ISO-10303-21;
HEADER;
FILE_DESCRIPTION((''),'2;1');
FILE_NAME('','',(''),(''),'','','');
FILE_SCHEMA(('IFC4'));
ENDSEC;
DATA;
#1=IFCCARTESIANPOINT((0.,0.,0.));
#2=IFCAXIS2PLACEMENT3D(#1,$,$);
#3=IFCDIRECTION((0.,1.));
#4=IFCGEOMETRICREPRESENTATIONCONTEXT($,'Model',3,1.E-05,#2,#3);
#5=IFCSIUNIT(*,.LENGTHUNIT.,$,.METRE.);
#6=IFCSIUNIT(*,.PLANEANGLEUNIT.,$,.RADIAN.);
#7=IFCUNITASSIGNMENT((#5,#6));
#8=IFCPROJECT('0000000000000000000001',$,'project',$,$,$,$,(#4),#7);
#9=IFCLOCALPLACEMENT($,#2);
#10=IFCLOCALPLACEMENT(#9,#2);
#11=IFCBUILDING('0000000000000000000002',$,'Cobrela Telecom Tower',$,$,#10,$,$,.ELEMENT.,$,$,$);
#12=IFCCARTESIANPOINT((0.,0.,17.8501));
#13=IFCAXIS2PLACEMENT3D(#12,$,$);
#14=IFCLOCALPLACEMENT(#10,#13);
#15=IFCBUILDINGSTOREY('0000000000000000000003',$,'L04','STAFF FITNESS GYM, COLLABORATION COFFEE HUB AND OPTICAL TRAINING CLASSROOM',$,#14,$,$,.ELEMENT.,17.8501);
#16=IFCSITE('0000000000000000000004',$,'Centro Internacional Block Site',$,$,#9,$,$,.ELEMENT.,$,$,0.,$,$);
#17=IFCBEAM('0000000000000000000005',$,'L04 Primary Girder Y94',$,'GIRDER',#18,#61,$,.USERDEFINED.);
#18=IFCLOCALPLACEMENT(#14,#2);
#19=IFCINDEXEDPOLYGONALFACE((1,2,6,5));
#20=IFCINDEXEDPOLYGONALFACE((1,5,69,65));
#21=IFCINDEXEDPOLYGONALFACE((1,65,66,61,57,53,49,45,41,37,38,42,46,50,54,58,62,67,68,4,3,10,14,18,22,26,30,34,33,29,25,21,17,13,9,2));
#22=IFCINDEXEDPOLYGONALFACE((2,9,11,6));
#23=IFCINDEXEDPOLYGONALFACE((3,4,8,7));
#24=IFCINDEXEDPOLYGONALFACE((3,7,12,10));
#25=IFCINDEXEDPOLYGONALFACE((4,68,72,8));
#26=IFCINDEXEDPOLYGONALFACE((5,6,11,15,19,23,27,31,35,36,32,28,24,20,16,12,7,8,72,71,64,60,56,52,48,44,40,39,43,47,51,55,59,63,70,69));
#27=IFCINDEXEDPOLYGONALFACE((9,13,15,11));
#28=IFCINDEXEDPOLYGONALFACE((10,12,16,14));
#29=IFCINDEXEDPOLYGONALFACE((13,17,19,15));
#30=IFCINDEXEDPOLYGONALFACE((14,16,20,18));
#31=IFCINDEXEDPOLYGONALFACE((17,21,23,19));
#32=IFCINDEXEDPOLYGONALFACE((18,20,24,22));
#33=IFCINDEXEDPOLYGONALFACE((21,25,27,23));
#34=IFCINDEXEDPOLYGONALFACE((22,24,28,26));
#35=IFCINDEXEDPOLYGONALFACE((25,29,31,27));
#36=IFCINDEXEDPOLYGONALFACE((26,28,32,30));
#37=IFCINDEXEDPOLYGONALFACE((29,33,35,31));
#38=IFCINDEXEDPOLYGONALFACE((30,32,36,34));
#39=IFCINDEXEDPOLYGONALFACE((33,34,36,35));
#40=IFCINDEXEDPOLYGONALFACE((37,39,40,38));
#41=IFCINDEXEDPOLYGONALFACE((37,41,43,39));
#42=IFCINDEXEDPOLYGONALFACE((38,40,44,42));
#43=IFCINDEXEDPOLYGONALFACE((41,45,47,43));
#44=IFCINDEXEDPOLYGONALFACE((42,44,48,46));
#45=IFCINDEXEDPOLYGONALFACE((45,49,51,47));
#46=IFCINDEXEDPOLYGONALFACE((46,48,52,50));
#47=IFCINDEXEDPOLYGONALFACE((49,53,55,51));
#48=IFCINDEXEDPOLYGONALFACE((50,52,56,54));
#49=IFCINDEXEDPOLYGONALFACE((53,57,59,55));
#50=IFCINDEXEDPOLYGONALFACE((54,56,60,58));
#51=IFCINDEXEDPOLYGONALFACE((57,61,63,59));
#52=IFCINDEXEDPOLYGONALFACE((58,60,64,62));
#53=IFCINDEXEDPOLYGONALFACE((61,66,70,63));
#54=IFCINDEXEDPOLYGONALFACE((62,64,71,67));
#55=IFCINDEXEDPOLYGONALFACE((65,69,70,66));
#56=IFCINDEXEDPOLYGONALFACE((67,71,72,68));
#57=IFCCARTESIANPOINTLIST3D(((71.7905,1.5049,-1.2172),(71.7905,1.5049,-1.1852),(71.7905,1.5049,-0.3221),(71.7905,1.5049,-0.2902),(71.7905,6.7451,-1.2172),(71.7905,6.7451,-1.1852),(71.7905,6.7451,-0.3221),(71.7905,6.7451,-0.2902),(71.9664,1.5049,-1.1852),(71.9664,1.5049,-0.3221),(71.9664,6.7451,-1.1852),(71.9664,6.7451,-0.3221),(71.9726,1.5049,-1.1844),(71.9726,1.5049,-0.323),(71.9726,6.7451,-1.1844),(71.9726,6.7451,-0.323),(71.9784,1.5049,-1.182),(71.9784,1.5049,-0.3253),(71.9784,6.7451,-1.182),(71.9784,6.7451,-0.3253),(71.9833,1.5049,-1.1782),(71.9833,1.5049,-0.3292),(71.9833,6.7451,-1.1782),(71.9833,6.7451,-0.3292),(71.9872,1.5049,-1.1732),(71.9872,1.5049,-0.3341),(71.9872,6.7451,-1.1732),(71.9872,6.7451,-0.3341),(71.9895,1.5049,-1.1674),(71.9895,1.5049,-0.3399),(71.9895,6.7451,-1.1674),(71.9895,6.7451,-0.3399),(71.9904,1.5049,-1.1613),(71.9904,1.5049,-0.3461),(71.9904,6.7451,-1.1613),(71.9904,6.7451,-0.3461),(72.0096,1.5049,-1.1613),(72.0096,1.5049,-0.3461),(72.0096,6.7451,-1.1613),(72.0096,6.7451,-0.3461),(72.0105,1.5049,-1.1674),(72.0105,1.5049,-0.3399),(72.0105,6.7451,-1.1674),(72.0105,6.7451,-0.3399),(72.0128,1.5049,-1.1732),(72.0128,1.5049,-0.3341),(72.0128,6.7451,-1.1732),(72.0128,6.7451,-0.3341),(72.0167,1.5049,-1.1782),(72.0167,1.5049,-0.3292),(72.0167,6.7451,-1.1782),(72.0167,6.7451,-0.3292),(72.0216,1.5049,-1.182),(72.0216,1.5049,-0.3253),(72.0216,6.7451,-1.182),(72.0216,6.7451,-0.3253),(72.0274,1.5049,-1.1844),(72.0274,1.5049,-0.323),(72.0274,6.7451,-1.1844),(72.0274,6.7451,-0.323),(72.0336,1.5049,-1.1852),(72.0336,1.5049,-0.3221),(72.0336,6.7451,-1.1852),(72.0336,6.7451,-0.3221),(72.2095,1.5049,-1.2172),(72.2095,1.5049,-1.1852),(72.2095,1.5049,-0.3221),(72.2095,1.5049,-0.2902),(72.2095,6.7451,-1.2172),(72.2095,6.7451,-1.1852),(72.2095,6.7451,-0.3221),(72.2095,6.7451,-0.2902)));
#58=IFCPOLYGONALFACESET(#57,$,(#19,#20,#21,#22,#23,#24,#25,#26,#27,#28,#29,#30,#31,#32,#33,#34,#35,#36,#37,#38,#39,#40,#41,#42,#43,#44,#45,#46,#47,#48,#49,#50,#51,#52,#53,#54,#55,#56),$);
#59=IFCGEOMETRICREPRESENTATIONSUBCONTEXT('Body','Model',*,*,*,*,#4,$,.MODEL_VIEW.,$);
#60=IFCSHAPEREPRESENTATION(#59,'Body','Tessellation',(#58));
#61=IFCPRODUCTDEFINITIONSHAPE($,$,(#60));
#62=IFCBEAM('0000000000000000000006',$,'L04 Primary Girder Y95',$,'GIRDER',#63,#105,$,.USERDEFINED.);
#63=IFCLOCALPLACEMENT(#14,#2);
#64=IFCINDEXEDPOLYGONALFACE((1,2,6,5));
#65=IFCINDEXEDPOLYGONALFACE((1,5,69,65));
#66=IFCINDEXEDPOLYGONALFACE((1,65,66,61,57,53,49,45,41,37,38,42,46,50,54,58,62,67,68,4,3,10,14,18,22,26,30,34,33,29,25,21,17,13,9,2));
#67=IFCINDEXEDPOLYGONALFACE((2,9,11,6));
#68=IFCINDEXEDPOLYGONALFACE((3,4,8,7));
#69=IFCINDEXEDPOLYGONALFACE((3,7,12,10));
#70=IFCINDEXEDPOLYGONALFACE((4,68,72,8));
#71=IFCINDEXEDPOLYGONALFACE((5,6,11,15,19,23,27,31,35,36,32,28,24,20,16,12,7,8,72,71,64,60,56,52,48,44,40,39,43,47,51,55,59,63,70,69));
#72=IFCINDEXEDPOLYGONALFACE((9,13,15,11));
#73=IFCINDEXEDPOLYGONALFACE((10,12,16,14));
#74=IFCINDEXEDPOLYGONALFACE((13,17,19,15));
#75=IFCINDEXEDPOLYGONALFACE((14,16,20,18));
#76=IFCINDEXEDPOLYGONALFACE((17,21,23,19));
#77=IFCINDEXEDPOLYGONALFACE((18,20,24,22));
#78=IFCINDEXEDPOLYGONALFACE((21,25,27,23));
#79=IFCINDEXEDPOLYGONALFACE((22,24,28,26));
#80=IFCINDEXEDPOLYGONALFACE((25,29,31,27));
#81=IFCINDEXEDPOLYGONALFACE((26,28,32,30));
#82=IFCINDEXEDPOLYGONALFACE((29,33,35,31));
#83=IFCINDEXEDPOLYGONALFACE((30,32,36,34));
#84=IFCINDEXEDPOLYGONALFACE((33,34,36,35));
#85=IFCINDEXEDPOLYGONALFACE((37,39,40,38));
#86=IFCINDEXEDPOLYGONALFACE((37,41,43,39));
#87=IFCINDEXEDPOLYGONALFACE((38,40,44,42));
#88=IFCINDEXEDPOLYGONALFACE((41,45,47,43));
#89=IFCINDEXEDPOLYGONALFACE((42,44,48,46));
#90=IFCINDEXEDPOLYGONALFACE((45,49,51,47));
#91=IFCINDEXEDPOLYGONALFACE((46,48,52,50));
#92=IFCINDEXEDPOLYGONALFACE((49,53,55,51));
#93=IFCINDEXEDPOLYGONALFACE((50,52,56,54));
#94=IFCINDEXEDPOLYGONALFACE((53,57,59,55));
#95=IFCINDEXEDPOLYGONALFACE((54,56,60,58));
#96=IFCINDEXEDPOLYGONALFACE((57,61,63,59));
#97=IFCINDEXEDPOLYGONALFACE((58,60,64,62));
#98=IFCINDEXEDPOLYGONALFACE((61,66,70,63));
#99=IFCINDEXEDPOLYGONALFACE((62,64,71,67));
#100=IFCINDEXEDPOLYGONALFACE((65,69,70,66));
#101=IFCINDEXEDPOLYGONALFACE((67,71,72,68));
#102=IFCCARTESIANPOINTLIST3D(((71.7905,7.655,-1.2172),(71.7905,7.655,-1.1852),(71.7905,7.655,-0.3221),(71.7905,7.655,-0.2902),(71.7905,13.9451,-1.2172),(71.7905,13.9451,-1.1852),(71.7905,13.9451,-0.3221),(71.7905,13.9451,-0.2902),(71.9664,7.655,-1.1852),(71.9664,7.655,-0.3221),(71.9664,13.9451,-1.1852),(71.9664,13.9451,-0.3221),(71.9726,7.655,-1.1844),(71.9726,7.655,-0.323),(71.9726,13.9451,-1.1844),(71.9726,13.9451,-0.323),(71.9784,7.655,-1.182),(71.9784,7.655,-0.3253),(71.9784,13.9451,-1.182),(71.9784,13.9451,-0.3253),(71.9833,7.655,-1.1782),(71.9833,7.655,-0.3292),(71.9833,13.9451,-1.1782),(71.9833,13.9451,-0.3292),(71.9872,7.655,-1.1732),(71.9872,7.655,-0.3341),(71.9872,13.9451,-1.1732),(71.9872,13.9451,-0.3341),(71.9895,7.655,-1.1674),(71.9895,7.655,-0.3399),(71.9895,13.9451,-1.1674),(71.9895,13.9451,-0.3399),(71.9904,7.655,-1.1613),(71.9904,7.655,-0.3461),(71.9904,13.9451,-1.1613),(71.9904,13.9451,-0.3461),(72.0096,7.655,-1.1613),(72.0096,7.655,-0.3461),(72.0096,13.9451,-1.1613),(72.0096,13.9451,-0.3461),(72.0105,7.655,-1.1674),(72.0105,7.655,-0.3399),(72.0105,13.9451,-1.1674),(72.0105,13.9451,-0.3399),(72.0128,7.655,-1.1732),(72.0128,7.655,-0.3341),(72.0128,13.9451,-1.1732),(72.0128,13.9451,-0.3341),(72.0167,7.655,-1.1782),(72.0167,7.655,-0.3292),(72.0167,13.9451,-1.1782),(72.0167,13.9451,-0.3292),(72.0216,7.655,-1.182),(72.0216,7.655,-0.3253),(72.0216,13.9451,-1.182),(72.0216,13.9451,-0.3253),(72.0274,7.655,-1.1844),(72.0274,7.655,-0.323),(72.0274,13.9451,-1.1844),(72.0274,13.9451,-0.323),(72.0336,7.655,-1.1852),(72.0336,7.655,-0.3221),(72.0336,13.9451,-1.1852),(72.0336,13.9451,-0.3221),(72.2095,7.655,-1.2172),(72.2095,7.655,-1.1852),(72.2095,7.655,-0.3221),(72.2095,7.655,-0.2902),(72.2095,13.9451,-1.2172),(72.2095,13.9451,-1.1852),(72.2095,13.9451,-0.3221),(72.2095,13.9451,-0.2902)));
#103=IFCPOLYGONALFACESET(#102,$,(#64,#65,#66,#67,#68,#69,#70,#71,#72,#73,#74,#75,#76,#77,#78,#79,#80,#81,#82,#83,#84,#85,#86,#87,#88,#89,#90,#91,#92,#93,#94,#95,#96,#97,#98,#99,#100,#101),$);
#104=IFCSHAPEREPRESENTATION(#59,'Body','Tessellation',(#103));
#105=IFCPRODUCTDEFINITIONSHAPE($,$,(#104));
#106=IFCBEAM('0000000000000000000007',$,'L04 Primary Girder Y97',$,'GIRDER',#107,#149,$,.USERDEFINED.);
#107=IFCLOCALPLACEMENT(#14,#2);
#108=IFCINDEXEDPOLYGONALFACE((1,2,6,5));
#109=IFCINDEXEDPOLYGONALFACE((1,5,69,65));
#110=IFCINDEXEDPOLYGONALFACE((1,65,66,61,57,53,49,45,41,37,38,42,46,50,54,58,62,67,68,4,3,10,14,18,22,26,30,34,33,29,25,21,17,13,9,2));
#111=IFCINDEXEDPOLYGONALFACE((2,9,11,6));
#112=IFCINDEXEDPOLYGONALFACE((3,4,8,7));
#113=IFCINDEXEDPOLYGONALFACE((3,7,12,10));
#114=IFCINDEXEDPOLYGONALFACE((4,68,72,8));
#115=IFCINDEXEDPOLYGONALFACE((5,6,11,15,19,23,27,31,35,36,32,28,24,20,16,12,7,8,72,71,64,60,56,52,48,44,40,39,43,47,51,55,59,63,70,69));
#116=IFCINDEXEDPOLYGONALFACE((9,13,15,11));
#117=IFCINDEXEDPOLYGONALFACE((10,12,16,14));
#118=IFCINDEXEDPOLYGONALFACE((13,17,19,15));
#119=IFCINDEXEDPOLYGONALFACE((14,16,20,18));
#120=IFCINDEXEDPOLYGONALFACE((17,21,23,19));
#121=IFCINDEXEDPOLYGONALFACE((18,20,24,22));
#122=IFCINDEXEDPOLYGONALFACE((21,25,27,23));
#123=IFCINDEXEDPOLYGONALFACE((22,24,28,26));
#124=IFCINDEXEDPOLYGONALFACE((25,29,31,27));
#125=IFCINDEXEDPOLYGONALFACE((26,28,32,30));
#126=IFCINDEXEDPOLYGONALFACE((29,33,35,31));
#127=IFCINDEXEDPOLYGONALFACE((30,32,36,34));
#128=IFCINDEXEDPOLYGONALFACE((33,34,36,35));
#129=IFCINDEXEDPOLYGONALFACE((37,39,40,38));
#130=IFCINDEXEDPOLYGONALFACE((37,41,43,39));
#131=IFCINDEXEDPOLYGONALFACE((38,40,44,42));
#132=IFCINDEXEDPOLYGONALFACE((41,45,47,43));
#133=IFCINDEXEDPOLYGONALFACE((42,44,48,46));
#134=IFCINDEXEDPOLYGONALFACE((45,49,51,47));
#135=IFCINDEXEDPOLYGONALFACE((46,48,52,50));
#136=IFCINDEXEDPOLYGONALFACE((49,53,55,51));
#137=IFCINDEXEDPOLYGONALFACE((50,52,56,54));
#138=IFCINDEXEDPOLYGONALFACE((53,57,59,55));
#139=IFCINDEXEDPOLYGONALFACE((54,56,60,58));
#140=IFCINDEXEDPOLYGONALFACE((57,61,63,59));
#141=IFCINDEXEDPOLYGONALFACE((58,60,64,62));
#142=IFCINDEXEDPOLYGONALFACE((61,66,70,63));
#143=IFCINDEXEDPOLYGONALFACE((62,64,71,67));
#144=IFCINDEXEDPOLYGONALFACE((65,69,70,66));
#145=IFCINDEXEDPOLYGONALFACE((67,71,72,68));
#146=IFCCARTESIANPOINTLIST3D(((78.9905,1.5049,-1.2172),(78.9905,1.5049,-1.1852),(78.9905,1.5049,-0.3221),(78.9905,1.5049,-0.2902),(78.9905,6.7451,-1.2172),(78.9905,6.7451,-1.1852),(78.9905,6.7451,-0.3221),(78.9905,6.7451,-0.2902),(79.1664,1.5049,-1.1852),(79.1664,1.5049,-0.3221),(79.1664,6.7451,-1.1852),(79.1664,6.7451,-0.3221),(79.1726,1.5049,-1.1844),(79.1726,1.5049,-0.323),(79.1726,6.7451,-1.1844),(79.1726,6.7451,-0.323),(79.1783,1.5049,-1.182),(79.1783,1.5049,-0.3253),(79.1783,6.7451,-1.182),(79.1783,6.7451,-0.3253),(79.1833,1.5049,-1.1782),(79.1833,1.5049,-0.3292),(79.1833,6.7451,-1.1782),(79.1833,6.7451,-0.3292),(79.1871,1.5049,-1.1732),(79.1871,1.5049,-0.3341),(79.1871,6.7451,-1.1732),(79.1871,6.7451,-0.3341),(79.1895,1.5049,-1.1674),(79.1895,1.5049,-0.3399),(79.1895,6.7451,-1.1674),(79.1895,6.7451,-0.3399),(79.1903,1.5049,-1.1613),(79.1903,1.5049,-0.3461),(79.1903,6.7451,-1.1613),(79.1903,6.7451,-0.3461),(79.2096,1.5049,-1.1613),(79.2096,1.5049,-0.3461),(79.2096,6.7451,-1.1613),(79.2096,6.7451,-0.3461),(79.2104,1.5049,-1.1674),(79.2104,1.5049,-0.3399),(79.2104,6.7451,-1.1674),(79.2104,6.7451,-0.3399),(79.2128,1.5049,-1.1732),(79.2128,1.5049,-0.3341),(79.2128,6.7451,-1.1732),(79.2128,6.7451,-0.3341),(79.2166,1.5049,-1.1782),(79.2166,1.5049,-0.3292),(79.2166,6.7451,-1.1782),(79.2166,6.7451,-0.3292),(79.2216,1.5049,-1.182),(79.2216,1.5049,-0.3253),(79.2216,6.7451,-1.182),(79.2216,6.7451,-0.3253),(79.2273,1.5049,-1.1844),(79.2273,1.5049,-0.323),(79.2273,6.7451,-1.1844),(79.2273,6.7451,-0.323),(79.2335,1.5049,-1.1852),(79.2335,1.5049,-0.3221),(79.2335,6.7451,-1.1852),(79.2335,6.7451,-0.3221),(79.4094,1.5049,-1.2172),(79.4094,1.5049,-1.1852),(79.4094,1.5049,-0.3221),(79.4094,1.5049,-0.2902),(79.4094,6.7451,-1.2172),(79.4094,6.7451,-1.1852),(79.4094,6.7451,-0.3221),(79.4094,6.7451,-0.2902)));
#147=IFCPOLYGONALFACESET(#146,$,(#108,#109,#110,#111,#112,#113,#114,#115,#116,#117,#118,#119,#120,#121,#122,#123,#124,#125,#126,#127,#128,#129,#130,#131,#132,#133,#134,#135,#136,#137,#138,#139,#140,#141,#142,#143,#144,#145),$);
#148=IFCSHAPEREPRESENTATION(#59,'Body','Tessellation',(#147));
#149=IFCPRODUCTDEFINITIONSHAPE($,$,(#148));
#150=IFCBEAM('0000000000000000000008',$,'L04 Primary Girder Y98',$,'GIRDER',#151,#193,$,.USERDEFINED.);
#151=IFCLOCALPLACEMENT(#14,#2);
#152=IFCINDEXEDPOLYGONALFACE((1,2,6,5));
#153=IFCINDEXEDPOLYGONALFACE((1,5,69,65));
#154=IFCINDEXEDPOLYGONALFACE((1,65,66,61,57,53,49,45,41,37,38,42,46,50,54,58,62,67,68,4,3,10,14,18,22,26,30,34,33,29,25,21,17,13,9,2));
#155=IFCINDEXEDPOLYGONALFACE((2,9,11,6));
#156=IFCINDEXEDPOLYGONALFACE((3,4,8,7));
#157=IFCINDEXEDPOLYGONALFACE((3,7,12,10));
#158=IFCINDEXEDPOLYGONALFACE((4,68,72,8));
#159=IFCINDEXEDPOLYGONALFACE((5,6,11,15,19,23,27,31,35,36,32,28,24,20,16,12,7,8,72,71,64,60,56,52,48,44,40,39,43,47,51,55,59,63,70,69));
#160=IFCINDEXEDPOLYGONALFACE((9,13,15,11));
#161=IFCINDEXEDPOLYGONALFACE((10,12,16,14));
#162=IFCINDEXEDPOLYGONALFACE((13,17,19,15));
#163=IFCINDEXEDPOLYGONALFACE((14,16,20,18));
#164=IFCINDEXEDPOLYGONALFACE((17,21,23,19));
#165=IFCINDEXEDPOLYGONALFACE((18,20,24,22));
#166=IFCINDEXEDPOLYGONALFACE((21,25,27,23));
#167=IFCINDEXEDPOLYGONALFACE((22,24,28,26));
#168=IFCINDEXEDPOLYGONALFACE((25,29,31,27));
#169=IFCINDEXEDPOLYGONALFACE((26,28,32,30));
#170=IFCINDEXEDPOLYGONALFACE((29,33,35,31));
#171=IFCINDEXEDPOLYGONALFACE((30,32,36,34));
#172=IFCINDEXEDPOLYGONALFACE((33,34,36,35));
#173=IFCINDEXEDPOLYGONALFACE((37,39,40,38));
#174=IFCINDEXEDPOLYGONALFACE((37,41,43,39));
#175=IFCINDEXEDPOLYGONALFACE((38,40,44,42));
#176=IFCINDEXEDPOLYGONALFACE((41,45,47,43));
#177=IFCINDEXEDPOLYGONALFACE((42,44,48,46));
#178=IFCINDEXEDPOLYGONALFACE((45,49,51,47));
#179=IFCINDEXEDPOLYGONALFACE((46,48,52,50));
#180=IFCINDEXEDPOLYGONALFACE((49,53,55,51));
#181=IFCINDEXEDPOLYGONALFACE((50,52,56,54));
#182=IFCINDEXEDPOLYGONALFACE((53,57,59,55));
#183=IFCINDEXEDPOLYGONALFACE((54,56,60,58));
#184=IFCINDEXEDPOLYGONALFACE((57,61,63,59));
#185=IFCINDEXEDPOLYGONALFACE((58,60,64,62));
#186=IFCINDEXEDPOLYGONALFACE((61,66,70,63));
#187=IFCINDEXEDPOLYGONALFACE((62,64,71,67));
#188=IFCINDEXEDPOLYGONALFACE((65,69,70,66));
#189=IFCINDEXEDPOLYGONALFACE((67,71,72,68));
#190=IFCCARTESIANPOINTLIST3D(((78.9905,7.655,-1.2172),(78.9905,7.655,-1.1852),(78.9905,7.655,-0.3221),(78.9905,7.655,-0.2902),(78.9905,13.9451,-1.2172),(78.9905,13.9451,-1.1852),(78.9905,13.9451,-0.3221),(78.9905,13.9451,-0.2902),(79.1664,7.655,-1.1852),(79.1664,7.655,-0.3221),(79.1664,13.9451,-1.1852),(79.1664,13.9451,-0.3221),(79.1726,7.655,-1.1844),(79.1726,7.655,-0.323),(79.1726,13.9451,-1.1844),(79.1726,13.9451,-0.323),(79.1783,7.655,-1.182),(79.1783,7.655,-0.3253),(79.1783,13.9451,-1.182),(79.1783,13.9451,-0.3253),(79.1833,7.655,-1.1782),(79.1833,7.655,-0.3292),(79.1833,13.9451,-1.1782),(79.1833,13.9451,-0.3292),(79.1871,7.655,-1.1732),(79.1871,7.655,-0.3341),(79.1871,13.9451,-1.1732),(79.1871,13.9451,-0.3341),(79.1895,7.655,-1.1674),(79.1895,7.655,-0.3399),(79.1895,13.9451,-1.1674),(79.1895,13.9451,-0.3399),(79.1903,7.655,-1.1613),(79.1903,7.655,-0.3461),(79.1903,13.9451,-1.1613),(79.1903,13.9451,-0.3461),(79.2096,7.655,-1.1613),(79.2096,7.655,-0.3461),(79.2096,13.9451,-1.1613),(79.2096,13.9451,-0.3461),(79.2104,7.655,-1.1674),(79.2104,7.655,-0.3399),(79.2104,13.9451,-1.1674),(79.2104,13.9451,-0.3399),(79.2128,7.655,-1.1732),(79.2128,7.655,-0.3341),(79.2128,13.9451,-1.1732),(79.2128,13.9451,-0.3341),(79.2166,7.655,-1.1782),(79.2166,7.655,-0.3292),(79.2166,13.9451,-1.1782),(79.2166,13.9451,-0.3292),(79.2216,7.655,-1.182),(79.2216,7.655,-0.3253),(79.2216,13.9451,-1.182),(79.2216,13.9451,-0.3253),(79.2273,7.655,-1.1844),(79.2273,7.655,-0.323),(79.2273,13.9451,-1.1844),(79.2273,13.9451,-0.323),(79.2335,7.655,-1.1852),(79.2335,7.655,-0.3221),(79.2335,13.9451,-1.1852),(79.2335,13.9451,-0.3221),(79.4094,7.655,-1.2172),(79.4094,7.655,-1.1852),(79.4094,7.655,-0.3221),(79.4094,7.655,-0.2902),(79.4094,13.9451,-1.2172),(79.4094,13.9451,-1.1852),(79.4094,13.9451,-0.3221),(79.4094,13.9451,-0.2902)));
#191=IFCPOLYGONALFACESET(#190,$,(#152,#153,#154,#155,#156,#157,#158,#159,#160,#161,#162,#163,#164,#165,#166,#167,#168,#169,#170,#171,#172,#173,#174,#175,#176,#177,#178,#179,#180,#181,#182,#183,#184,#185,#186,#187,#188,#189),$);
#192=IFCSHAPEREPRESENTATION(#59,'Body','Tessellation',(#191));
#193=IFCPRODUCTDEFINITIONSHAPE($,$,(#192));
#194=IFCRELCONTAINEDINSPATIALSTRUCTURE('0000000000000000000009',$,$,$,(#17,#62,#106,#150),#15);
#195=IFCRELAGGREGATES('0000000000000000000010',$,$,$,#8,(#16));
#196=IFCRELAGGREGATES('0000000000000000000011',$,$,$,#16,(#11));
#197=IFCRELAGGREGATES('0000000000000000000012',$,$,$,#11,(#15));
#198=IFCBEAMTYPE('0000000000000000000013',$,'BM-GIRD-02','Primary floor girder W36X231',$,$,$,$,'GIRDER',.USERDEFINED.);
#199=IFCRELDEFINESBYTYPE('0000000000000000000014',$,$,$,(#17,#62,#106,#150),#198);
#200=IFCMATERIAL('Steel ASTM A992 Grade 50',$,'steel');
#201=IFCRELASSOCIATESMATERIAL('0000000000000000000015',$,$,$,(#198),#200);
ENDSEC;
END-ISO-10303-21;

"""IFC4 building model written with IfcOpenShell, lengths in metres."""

from ifc_helpers import new_model, si_unit, direction, frame, origin, origin_2d, place, context, subcontext, project, spatial, i_section, extrude, material, material_profile, profile_set, type_object, element, save


model = new_model("IFC4")

# Units and contexts
model_context = context("Model", 3, precision=1e-05, world=origin(), true_north=direction((0.0, 1.0)))
body_context = subcontext(model_context, "Body", "Model", "MODEL_VIEW")
ifc_project = project(units=[si_unit("LENGTHUNIT", "METRE"), si_unit("PLANEANGLEUNIT", "RADIAN")], contexts=[model_context])

# Site, building, storey
site_placement = place(None, origin())
site = spatial("IfcSite", under=ifc_project, at=site_placement, Name="Centro Internacional Block Site", CompositionType="ELEMENT", RefElevation=0.0)
building_placement = place(site_placement, origin())
building = spatial("IfcBuilding", under=site, at=building_placement, Name="Cobrela Telecom Tower", CompositionType="ELEMENT")
storey_placement = place(building_placement, frame((0.0, 0.0, 17.8501)))
storey = spatial("IfcBuildingStorey", under=building, at=storey_placement, Name="L04", Description="STAFF FITNESS GYM, COLLABORATION COFFEE HUB AND OPTICAL TRAINING CLASSROOM", CompositionType="ELEMENT", Elevation=17.8501)

# Beams
ifc_material_1 = material(Name="Steel ASTM A992 Grade 50", Category="steel")
ifc_material_profile_1 = material_profile(ifc_material_1, i_section(OverallWidth=0.4189, OverallDepth=0.927, WebThickness=0.0193, FlangeThickness=0.032, FilletRadius=0.0239, at=origin_2d()), Name="W36X231")
ifc_profile_set_1 = profile_set([ifc_material_profile_1], Name="Steel ASTM A992 Grade 50")
beam_type_1 = type_object("IfcBeamType", Name="BM-GIRD-02", Description="Primary floor girder W36X231", ElementType="GIRDER", PredefinedType="USERDEFINED", material=ifc_profile_set_1)
beam_1_placement = place(storey_placement, frame((72.0, 1.5049, -0.7537), z_axis=(0.0, 1.0, 0.0), x_axis=(-1.0, 0.0, 0.0)))
element("IfcBeam", 1, at=beam_1_placement, inside=storey, type_object=beam_type_1, Name="L04 Primary Girder Y94", ObjectType="GIRDER", PredefinedType="USERDEFINED", context=body_context, shape_type="SweptSolid", body=[
    extrude(i_section(OverallWidth=0.4189, OverallDepth=0.927, WebThickness=0.0193, FlangeThickness=0.032, FilletRadius=0.0239, at=origin_2d()), origin(), (0.0, 0.0, 1.0), 5.2402),
])
beam_2_placement = place(storey_placement, frame((72.0, 7.655, -0.7537), z_axis=(0.0, 1.0, 0.0), x_axis=(-1.0, 0.0, 0.0)))
element("IfcBeam", 2, at=beam_2_placement, inside=storey, type_object=beam_type_1, Name="L04 Primary Girder Y95", ObjectType="GIRDER", PredefinedType="USERDEFINED", context=body_context, shape_type="SweptSolid", body=[
    extrude(i_section(OverallWidth=0.4189, OverallDepth=0.927, WebThickness=0.0193, FlangeThickness=0.032, FilletRadius=0.0239, at=origin_2d()), origin(), (0.0, 0.0, 1.0), 6.29),
])
beam_3_placement = place(storey_placement, frame((79.2, 1.5049, -0.7537), z_axis=(0.0, 1.0, 0.0), x_axis=(-1.0, 0.0, 0.0)))
element("IfcBeam", 3, at=beam_3_placement, inside=storey, type_object=beam_type_1, Name="L04 Primary Girder Y97", ObjectType="GIRDER", PredefinedType="USERDEFINED", context=body_context, shape_type="SweptSolid", body=[
    extrude(i_section(OverallWidth=0.4189, OverallDepth=0.927, WebThickness=0.0193, FlangeThickness=0.032, FilletRadius=0.0239, at=origin_2d()), origin(), (0.0, 0.0, 1.0), 5.2402),
])
beam_4_placement = place(storey_placement, frame((79.2, 7.655, -0.7537), z_axis=(0.0, 1.0, 0.0), x_axis=(-1.0, 0.0, 0.0)))
element("IfcBeam", 4, at=beam_4_placement, inside=storey, type_object=beam_type_1, Name="L04 Primary Girder Y98", ObjectType="GIRDER", PredefinedType="USERDEFINED", context=body_context, shape_type="SweptSolid", body=[
    extrude(i_section(OverallWidth=0.4189, OverallDepth=0.927, WebThickness=0.0193, FlangeThickness=0.032, FilletRadius=0.0239, at=origin_2d()), origin(), (0.0, 0.0, 1.0), 6.29),
])

save(model, "model.ifc")
